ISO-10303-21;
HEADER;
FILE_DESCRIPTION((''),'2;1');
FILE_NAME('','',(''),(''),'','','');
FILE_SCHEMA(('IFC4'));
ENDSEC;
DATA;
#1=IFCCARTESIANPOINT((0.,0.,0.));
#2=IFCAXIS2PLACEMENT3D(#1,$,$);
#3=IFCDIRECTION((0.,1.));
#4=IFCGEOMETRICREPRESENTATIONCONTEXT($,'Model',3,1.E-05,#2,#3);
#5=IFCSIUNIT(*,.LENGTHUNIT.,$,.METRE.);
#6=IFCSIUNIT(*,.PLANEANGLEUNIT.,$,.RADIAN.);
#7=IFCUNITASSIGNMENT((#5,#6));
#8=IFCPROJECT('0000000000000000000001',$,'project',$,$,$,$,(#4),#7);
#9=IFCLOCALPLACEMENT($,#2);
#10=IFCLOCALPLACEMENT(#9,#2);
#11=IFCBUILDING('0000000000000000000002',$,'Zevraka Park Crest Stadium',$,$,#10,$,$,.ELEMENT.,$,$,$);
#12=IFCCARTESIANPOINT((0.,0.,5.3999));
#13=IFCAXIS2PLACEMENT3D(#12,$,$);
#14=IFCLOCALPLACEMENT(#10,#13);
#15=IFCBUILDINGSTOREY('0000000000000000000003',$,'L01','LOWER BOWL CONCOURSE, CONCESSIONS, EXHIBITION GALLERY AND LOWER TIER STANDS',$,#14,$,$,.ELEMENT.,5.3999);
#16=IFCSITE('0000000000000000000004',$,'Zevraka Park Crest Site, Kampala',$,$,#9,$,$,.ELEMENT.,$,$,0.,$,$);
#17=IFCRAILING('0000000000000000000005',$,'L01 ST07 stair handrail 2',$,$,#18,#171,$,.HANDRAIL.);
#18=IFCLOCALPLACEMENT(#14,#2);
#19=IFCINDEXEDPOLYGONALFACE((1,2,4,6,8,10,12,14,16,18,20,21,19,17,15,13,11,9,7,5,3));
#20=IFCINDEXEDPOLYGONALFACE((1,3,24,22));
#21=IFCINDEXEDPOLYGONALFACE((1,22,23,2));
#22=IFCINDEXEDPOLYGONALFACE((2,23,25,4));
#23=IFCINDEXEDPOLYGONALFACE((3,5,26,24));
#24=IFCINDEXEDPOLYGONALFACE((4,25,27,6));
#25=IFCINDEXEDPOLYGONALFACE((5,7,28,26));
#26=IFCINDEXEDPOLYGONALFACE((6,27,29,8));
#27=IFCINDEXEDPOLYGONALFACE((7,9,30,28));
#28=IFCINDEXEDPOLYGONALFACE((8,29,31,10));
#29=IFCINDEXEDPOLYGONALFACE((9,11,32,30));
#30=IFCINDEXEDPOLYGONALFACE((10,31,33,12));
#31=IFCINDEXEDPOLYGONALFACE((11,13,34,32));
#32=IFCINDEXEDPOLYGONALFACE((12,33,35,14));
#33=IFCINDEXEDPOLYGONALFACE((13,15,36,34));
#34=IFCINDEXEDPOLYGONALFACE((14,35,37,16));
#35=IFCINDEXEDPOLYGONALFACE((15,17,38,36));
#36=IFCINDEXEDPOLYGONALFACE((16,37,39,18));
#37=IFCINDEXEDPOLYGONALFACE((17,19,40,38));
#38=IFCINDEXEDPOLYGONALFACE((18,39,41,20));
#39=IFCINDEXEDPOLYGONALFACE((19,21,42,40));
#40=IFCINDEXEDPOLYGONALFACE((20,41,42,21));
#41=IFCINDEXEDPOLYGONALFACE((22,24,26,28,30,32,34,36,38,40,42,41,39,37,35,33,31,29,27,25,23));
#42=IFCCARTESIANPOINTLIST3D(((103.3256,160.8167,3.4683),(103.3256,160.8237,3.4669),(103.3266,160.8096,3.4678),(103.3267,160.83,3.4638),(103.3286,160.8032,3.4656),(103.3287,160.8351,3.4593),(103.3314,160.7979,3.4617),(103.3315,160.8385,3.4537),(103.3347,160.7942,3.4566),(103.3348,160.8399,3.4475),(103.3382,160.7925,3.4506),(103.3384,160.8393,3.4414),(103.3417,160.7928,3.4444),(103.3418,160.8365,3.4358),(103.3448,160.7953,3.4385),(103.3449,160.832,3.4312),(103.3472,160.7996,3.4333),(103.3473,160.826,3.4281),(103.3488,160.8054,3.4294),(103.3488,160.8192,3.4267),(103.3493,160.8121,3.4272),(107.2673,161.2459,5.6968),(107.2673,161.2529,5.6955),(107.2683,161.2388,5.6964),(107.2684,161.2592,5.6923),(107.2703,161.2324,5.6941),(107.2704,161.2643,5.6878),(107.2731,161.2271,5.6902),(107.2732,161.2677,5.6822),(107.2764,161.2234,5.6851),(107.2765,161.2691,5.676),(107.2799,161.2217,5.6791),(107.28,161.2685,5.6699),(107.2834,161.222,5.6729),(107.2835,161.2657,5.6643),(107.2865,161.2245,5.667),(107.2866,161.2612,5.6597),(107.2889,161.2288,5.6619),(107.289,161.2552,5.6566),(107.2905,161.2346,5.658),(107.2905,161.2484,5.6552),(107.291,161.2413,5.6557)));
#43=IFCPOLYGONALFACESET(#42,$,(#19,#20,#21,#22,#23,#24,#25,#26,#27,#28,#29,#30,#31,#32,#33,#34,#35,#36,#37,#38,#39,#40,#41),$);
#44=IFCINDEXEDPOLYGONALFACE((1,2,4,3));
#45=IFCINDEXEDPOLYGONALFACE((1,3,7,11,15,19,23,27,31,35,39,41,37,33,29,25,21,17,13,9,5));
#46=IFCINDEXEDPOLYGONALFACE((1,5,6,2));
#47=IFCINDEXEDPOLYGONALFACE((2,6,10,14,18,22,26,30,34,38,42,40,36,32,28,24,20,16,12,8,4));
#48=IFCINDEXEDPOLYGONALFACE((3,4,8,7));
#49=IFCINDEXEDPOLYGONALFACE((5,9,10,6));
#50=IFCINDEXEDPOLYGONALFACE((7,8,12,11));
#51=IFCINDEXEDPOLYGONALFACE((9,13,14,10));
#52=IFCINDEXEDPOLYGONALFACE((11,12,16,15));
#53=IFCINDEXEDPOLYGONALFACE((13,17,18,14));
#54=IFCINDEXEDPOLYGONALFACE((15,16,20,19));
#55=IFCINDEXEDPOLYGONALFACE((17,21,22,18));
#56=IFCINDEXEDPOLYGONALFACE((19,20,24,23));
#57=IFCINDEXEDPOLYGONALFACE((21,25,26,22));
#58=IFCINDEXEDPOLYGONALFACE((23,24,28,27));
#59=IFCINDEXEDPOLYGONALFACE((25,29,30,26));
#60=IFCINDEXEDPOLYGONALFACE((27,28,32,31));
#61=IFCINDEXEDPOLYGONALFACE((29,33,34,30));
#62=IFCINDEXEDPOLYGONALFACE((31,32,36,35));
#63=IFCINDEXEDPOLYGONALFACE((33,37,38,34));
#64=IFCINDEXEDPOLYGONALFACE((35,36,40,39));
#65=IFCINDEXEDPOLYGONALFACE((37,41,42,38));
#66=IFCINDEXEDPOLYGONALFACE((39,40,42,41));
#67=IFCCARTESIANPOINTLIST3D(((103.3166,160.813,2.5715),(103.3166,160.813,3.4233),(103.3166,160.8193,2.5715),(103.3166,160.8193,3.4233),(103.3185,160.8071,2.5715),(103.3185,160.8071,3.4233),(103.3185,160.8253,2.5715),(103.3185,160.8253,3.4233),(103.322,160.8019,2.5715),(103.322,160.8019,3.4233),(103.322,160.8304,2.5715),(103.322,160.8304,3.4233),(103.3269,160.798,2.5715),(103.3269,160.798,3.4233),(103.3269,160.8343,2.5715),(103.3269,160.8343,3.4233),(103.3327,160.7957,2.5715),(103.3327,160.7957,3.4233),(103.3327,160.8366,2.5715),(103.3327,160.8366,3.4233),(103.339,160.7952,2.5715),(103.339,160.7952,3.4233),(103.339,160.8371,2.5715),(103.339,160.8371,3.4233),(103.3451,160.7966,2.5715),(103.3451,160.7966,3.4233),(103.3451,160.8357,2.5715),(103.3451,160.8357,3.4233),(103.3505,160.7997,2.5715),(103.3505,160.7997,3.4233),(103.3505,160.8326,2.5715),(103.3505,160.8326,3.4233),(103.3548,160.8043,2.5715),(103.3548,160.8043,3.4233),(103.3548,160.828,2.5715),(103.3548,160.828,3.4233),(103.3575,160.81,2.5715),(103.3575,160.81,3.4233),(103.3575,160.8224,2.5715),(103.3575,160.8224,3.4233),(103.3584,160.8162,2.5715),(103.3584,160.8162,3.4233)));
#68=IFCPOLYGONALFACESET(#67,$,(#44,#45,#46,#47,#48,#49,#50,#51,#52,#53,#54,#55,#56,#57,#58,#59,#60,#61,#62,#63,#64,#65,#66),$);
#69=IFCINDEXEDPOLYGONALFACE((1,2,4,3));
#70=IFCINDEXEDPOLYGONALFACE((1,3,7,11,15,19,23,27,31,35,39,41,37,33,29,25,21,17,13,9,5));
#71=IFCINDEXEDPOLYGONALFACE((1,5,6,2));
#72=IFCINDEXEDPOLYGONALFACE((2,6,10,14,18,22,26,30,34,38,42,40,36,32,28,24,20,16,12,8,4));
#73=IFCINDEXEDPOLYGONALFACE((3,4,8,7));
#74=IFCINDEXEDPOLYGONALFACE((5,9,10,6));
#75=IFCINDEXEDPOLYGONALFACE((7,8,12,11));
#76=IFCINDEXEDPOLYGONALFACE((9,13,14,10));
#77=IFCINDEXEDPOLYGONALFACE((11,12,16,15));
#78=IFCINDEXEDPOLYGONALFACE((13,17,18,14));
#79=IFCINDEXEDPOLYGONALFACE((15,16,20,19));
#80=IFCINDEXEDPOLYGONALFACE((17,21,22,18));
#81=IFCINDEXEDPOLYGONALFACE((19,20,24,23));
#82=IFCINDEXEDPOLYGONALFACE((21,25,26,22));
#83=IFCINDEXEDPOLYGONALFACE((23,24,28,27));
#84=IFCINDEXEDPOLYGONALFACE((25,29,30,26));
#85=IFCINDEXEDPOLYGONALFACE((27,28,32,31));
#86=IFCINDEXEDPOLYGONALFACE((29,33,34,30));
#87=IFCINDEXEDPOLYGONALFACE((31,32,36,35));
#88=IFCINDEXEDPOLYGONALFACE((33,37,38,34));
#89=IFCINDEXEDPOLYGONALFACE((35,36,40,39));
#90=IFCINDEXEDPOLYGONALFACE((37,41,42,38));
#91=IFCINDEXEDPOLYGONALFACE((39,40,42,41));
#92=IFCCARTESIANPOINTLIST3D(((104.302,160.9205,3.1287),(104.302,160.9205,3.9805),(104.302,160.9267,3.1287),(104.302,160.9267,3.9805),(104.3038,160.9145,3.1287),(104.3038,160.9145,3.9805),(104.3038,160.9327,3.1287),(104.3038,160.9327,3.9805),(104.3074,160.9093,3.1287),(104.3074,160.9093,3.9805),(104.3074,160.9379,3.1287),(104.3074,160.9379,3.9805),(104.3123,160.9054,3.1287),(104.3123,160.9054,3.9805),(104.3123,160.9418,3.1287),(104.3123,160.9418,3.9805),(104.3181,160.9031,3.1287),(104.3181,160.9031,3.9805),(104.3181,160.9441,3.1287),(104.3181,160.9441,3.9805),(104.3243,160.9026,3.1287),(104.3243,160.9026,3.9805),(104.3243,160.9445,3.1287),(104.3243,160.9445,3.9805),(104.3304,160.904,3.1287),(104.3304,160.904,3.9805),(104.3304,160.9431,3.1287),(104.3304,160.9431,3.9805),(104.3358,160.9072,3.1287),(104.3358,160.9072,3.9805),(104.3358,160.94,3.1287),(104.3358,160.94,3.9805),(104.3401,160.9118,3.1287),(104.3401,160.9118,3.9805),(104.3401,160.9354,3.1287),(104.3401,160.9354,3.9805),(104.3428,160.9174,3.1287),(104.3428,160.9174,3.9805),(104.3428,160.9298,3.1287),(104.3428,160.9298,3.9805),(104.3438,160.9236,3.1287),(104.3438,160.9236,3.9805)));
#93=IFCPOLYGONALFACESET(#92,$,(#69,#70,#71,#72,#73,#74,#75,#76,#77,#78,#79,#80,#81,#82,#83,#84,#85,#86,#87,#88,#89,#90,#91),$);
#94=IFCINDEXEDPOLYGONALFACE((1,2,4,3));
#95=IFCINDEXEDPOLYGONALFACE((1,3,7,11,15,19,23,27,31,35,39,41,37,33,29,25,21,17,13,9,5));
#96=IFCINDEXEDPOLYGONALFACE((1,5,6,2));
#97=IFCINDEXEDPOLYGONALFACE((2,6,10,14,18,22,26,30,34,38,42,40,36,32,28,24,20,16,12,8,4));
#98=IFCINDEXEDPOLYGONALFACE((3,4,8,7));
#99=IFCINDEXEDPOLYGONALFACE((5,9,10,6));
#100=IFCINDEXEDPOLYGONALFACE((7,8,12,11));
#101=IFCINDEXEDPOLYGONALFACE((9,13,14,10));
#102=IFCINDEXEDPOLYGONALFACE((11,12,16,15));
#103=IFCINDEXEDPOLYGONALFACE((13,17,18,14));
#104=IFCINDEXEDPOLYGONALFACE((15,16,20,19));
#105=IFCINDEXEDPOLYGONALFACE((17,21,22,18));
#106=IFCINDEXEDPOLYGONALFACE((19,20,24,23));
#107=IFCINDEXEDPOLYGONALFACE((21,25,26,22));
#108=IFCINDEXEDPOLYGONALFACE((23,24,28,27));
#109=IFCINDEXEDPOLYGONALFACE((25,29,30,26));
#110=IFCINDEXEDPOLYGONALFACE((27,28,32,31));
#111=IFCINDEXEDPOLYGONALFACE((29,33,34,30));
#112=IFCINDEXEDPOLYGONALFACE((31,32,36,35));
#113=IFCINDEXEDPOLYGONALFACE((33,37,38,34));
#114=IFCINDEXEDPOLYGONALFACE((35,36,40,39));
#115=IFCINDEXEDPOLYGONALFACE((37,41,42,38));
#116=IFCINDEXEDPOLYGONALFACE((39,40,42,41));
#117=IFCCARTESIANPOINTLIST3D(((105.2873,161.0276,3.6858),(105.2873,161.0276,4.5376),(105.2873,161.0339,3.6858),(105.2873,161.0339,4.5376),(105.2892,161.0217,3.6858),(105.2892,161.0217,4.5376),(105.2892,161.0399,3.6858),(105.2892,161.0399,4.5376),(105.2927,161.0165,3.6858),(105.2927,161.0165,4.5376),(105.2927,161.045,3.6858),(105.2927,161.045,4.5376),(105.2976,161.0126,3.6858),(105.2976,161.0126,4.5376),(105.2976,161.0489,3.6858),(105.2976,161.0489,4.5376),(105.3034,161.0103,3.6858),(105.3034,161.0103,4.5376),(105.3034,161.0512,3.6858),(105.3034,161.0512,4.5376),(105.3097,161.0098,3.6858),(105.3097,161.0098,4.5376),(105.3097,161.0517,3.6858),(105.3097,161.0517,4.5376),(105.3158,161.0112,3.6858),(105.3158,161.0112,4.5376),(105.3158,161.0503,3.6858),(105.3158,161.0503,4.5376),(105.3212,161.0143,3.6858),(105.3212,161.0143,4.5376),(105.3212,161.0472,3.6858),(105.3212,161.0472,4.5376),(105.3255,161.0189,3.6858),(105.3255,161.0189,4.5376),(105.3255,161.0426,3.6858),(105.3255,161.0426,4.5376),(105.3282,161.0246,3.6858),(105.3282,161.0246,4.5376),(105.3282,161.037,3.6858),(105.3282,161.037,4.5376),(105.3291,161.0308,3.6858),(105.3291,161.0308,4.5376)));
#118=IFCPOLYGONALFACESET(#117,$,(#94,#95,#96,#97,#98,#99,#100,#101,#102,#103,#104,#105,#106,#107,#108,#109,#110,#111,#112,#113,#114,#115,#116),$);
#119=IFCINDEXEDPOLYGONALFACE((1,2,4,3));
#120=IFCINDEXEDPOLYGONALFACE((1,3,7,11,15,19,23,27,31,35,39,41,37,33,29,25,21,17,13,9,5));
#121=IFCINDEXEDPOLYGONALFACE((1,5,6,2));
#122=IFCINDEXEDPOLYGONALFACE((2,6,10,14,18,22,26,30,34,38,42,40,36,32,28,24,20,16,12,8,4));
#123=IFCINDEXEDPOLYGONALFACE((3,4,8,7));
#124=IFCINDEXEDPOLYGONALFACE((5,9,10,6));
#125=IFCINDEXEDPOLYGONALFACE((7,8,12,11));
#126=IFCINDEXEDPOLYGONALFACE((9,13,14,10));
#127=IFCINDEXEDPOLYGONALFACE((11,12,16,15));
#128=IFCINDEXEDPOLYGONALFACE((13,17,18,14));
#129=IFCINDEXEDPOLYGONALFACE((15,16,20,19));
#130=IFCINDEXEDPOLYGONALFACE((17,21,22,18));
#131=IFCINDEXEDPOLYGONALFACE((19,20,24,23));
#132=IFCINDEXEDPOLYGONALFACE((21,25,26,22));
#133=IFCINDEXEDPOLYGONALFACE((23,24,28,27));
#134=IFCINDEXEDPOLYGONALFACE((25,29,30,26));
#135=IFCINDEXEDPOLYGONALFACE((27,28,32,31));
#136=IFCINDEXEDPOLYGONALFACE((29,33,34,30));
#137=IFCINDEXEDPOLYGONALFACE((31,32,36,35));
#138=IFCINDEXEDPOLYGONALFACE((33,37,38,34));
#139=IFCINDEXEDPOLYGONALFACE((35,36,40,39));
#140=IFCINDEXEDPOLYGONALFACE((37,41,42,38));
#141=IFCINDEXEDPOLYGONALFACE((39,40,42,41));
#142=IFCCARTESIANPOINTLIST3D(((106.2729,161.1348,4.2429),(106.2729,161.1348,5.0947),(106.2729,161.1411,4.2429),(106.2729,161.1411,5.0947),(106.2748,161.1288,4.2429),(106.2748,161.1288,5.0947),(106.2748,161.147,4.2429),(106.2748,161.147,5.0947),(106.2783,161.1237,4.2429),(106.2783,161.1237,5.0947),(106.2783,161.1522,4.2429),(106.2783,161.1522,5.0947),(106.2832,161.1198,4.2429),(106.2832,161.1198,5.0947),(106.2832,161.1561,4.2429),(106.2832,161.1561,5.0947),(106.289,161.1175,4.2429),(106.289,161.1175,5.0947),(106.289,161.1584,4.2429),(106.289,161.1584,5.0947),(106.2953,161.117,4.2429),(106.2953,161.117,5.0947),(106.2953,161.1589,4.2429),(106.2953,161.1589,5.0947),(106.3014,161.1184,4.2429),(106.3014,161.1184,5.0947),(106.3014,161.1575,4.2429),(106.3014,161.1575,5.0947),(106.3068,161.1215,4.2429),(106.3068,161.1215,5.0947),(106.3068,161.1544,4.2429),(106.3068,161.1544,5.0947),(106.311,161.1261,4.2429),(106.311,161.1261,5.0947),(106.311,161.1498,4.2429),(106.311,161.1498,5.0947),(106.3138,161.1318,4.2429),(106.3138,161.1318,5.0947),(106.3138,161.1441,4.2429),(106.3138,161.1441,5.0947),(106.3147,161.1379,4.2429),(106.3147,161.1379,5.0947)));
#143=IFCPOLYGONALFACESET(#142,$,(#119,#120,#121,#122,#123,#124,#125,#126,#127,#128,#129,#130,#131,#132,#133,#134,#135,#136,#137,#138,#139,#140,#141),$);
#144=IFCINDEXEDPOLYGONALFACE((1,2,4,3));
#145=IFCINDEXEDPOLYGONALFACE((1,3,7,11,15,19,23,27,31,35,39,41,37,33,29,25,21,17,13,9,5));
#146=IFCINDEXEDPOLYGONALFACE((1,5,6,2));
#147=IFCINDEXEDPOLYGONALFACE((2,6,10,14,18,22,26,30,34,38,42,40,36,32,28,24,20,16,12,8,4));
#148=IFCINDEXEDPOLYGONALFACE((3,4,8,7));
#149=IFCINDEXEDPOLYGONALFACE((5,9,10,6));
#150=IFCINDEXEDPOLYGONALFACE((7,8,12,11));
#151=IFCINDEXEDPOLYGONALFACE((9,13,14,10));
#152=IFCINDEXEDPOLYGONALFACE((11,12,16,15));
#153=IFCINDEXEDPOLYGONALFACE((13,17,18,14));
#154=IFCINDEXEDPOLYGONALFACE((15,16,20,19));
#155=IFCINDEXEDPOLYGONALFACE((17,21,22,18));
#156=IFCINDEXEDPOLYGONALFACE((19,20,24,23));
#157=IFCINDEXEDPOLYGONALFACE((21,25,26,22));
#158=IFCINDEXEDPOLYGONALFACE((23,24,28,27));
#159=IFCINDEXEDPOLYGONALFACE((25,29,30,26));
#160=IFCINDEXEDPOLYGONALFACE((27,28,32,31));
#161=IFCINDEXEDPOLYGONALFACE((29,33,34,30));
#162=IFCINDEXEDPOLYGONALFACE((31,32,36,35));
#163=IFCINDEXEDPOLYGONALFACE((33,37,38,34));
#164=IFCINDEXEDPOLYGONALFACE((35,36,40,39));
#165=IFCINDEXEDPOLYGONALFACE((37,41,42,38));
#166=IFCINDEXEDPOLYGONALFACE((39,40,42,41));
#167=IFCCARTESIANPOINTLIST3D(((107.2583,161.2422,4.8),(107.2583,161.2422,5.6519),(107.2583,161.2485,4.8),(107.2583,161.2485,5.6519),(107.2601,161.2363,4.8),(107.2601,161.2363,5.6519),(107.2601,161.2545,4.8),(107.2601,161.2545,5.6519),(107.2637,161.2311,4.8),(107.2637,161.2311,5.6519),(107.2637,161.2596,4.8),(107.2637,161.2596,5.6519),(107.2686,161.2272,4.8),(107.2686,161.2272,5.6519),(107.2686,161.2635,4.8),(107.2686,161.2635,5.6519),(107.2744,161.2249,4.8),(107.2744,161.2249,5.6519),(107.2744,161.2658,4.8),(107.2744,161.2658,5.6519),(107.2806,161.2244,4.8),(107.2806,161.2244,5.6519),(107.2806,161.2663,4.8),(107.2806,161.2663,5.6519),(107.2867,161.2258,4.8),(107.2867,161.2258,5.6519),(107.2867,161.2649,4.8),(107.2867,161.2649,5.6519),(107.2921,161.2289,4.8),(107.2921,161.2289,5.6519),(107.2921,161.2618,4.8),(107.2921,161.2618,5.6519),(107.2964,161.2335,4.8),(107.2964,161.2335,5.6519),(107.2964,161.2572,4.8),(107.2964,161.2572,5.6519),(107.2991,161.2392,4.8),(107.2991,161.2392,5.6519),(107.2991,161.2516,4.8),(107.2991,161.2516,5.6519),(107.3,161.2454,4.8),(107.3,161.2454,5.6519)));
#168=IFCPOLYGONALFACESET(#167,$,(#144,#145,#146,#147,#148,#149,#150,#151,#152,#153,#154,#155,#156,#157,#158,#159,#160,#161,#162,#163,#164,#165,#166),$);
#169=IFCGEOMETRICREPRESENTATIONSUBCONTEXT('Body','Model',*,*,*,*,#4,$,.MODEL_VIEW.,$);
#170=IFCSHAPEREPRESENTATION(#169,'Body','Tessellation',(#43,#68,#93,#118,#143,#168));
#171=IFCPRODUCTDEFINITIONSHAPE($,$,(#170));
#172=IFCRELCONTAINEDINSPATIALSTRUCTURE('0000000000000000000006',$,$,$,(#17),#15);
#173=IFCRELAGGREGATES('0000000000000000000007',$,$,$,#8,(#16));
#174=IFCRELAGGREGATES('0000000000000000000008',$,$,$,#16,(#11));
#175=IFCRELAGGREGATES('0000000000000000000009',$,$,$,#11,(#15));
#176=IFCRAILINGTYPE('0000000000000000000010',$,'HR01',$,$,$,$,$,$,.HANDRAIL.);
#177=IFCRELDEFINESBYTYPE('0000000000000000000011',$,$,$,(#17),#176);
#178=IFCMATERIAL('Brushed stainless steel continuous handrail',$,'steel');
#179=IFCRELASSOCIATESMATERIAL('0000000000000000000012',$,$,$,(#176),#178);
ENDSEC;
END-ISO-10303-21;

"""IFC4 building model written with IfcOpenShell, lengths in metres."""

from ifc_helpers import new_model, si_unit, direction, frame, origin, origin_2d, place, context, subcontext, project, spatial, circle, extrude, material, type_object, element, save


model = new_model("IFC4")

# Units and contexts
model_context = context("Model", 3, precision=1e-05, world=origin(), true_north=direction((0.0, 1.0)))
body_context = subcontext(model_context, "Body", "Model", "MODEL_VIEW")
ifc_project = project(units=[si_unit("LENGTHUNIT", "METRE"), si_unit("PLANEANGLEUNIT", "RADIAN")], contexts=[model_context])

# Site, building, storey
site_placement = place(None, origin())
site = spatial("IfcSite", under=ifc_project, at=site_placement, Name="Zevraka Park Crest Site, Kampala", CompositionType="ELEMENT", RefElevation=0.0)
building_placement = place(site_placement, origin())
building = spatial("IfcBuilding", under=site, at=building_placement, Name="Zevraka Park Crest Stadium", CompositionType="ELEMENT")
storey_placement = place(building_placement, frame((0.0, 0.0, 5.3999)))
storey = spatial("IfcBuildingStorey", under=building, at=storey_placement, Name="L01", Description="LOWER BOWL CONCOURSE, CONCESSIONS, EXHIBITION GALLERY AND LOWER TIER STANDS", CompositionType="ELEMENT", Elevation=5.3999)

# Railing
ifc_material_1 = material(Name="Brushed stainless steel continuous handrail", Category="steel")
railing_type_1 = type_object("IfcRailingType", Name="HR01", PredefinedType="HANDRAIL", material=ifc_material_1)
railing_1_placement = place(storey_placement, frame((103.3374, 160.8162, 2.5715)))
element("IfcRailing", 1, at=railing_1_placement, inside=storey, type_object=railing_type_1, Name="L01 ST07 stair handrail 2", PredefinedType="HANDRAIL", context=body_context, shape_type="SweptSolid", body=[
    extrude(circle(Radius=0.0239, at=origin_2d()), frame((0.0, 0.0, 0.876), z_axis=(0.866619, 0.094365, 0.489966), x_axis=(-0.108248, 0.994124, 0.0)), (0.0, 0.0, 1.0), 4.5483),
    extrude(circle(Radius=0.021, at=origin_2d()), origin(), (0.0, 0.0, 1.0), 0.8518),
    extrude(circle(Radius=0.021, at=origin_2d()), frame((0.9854, 0.1074, 0.5571)), (0.0, 0.0, 1.0), 0.8518),
    extrude(circle(Radius=0.021, at=origin_2d()), frame((1.9707, 0.2146, 1.1143)), (0.0, 0.0, 1.0), 0.8518),
    extrude(circle(Radius=0.021, at=origin_2d()), frame((2.9563, 0.3218, 1.6714)), (0.0, 0.0, 1.0), 0.8518),
    extrude(circle(Radius=0.021, at=origin_2d()), frame((3.9417, 0.4292, 2.2285)), (0.0, 0.0, 1.0), 0.8518),
])

save(model, "model.ifc")
